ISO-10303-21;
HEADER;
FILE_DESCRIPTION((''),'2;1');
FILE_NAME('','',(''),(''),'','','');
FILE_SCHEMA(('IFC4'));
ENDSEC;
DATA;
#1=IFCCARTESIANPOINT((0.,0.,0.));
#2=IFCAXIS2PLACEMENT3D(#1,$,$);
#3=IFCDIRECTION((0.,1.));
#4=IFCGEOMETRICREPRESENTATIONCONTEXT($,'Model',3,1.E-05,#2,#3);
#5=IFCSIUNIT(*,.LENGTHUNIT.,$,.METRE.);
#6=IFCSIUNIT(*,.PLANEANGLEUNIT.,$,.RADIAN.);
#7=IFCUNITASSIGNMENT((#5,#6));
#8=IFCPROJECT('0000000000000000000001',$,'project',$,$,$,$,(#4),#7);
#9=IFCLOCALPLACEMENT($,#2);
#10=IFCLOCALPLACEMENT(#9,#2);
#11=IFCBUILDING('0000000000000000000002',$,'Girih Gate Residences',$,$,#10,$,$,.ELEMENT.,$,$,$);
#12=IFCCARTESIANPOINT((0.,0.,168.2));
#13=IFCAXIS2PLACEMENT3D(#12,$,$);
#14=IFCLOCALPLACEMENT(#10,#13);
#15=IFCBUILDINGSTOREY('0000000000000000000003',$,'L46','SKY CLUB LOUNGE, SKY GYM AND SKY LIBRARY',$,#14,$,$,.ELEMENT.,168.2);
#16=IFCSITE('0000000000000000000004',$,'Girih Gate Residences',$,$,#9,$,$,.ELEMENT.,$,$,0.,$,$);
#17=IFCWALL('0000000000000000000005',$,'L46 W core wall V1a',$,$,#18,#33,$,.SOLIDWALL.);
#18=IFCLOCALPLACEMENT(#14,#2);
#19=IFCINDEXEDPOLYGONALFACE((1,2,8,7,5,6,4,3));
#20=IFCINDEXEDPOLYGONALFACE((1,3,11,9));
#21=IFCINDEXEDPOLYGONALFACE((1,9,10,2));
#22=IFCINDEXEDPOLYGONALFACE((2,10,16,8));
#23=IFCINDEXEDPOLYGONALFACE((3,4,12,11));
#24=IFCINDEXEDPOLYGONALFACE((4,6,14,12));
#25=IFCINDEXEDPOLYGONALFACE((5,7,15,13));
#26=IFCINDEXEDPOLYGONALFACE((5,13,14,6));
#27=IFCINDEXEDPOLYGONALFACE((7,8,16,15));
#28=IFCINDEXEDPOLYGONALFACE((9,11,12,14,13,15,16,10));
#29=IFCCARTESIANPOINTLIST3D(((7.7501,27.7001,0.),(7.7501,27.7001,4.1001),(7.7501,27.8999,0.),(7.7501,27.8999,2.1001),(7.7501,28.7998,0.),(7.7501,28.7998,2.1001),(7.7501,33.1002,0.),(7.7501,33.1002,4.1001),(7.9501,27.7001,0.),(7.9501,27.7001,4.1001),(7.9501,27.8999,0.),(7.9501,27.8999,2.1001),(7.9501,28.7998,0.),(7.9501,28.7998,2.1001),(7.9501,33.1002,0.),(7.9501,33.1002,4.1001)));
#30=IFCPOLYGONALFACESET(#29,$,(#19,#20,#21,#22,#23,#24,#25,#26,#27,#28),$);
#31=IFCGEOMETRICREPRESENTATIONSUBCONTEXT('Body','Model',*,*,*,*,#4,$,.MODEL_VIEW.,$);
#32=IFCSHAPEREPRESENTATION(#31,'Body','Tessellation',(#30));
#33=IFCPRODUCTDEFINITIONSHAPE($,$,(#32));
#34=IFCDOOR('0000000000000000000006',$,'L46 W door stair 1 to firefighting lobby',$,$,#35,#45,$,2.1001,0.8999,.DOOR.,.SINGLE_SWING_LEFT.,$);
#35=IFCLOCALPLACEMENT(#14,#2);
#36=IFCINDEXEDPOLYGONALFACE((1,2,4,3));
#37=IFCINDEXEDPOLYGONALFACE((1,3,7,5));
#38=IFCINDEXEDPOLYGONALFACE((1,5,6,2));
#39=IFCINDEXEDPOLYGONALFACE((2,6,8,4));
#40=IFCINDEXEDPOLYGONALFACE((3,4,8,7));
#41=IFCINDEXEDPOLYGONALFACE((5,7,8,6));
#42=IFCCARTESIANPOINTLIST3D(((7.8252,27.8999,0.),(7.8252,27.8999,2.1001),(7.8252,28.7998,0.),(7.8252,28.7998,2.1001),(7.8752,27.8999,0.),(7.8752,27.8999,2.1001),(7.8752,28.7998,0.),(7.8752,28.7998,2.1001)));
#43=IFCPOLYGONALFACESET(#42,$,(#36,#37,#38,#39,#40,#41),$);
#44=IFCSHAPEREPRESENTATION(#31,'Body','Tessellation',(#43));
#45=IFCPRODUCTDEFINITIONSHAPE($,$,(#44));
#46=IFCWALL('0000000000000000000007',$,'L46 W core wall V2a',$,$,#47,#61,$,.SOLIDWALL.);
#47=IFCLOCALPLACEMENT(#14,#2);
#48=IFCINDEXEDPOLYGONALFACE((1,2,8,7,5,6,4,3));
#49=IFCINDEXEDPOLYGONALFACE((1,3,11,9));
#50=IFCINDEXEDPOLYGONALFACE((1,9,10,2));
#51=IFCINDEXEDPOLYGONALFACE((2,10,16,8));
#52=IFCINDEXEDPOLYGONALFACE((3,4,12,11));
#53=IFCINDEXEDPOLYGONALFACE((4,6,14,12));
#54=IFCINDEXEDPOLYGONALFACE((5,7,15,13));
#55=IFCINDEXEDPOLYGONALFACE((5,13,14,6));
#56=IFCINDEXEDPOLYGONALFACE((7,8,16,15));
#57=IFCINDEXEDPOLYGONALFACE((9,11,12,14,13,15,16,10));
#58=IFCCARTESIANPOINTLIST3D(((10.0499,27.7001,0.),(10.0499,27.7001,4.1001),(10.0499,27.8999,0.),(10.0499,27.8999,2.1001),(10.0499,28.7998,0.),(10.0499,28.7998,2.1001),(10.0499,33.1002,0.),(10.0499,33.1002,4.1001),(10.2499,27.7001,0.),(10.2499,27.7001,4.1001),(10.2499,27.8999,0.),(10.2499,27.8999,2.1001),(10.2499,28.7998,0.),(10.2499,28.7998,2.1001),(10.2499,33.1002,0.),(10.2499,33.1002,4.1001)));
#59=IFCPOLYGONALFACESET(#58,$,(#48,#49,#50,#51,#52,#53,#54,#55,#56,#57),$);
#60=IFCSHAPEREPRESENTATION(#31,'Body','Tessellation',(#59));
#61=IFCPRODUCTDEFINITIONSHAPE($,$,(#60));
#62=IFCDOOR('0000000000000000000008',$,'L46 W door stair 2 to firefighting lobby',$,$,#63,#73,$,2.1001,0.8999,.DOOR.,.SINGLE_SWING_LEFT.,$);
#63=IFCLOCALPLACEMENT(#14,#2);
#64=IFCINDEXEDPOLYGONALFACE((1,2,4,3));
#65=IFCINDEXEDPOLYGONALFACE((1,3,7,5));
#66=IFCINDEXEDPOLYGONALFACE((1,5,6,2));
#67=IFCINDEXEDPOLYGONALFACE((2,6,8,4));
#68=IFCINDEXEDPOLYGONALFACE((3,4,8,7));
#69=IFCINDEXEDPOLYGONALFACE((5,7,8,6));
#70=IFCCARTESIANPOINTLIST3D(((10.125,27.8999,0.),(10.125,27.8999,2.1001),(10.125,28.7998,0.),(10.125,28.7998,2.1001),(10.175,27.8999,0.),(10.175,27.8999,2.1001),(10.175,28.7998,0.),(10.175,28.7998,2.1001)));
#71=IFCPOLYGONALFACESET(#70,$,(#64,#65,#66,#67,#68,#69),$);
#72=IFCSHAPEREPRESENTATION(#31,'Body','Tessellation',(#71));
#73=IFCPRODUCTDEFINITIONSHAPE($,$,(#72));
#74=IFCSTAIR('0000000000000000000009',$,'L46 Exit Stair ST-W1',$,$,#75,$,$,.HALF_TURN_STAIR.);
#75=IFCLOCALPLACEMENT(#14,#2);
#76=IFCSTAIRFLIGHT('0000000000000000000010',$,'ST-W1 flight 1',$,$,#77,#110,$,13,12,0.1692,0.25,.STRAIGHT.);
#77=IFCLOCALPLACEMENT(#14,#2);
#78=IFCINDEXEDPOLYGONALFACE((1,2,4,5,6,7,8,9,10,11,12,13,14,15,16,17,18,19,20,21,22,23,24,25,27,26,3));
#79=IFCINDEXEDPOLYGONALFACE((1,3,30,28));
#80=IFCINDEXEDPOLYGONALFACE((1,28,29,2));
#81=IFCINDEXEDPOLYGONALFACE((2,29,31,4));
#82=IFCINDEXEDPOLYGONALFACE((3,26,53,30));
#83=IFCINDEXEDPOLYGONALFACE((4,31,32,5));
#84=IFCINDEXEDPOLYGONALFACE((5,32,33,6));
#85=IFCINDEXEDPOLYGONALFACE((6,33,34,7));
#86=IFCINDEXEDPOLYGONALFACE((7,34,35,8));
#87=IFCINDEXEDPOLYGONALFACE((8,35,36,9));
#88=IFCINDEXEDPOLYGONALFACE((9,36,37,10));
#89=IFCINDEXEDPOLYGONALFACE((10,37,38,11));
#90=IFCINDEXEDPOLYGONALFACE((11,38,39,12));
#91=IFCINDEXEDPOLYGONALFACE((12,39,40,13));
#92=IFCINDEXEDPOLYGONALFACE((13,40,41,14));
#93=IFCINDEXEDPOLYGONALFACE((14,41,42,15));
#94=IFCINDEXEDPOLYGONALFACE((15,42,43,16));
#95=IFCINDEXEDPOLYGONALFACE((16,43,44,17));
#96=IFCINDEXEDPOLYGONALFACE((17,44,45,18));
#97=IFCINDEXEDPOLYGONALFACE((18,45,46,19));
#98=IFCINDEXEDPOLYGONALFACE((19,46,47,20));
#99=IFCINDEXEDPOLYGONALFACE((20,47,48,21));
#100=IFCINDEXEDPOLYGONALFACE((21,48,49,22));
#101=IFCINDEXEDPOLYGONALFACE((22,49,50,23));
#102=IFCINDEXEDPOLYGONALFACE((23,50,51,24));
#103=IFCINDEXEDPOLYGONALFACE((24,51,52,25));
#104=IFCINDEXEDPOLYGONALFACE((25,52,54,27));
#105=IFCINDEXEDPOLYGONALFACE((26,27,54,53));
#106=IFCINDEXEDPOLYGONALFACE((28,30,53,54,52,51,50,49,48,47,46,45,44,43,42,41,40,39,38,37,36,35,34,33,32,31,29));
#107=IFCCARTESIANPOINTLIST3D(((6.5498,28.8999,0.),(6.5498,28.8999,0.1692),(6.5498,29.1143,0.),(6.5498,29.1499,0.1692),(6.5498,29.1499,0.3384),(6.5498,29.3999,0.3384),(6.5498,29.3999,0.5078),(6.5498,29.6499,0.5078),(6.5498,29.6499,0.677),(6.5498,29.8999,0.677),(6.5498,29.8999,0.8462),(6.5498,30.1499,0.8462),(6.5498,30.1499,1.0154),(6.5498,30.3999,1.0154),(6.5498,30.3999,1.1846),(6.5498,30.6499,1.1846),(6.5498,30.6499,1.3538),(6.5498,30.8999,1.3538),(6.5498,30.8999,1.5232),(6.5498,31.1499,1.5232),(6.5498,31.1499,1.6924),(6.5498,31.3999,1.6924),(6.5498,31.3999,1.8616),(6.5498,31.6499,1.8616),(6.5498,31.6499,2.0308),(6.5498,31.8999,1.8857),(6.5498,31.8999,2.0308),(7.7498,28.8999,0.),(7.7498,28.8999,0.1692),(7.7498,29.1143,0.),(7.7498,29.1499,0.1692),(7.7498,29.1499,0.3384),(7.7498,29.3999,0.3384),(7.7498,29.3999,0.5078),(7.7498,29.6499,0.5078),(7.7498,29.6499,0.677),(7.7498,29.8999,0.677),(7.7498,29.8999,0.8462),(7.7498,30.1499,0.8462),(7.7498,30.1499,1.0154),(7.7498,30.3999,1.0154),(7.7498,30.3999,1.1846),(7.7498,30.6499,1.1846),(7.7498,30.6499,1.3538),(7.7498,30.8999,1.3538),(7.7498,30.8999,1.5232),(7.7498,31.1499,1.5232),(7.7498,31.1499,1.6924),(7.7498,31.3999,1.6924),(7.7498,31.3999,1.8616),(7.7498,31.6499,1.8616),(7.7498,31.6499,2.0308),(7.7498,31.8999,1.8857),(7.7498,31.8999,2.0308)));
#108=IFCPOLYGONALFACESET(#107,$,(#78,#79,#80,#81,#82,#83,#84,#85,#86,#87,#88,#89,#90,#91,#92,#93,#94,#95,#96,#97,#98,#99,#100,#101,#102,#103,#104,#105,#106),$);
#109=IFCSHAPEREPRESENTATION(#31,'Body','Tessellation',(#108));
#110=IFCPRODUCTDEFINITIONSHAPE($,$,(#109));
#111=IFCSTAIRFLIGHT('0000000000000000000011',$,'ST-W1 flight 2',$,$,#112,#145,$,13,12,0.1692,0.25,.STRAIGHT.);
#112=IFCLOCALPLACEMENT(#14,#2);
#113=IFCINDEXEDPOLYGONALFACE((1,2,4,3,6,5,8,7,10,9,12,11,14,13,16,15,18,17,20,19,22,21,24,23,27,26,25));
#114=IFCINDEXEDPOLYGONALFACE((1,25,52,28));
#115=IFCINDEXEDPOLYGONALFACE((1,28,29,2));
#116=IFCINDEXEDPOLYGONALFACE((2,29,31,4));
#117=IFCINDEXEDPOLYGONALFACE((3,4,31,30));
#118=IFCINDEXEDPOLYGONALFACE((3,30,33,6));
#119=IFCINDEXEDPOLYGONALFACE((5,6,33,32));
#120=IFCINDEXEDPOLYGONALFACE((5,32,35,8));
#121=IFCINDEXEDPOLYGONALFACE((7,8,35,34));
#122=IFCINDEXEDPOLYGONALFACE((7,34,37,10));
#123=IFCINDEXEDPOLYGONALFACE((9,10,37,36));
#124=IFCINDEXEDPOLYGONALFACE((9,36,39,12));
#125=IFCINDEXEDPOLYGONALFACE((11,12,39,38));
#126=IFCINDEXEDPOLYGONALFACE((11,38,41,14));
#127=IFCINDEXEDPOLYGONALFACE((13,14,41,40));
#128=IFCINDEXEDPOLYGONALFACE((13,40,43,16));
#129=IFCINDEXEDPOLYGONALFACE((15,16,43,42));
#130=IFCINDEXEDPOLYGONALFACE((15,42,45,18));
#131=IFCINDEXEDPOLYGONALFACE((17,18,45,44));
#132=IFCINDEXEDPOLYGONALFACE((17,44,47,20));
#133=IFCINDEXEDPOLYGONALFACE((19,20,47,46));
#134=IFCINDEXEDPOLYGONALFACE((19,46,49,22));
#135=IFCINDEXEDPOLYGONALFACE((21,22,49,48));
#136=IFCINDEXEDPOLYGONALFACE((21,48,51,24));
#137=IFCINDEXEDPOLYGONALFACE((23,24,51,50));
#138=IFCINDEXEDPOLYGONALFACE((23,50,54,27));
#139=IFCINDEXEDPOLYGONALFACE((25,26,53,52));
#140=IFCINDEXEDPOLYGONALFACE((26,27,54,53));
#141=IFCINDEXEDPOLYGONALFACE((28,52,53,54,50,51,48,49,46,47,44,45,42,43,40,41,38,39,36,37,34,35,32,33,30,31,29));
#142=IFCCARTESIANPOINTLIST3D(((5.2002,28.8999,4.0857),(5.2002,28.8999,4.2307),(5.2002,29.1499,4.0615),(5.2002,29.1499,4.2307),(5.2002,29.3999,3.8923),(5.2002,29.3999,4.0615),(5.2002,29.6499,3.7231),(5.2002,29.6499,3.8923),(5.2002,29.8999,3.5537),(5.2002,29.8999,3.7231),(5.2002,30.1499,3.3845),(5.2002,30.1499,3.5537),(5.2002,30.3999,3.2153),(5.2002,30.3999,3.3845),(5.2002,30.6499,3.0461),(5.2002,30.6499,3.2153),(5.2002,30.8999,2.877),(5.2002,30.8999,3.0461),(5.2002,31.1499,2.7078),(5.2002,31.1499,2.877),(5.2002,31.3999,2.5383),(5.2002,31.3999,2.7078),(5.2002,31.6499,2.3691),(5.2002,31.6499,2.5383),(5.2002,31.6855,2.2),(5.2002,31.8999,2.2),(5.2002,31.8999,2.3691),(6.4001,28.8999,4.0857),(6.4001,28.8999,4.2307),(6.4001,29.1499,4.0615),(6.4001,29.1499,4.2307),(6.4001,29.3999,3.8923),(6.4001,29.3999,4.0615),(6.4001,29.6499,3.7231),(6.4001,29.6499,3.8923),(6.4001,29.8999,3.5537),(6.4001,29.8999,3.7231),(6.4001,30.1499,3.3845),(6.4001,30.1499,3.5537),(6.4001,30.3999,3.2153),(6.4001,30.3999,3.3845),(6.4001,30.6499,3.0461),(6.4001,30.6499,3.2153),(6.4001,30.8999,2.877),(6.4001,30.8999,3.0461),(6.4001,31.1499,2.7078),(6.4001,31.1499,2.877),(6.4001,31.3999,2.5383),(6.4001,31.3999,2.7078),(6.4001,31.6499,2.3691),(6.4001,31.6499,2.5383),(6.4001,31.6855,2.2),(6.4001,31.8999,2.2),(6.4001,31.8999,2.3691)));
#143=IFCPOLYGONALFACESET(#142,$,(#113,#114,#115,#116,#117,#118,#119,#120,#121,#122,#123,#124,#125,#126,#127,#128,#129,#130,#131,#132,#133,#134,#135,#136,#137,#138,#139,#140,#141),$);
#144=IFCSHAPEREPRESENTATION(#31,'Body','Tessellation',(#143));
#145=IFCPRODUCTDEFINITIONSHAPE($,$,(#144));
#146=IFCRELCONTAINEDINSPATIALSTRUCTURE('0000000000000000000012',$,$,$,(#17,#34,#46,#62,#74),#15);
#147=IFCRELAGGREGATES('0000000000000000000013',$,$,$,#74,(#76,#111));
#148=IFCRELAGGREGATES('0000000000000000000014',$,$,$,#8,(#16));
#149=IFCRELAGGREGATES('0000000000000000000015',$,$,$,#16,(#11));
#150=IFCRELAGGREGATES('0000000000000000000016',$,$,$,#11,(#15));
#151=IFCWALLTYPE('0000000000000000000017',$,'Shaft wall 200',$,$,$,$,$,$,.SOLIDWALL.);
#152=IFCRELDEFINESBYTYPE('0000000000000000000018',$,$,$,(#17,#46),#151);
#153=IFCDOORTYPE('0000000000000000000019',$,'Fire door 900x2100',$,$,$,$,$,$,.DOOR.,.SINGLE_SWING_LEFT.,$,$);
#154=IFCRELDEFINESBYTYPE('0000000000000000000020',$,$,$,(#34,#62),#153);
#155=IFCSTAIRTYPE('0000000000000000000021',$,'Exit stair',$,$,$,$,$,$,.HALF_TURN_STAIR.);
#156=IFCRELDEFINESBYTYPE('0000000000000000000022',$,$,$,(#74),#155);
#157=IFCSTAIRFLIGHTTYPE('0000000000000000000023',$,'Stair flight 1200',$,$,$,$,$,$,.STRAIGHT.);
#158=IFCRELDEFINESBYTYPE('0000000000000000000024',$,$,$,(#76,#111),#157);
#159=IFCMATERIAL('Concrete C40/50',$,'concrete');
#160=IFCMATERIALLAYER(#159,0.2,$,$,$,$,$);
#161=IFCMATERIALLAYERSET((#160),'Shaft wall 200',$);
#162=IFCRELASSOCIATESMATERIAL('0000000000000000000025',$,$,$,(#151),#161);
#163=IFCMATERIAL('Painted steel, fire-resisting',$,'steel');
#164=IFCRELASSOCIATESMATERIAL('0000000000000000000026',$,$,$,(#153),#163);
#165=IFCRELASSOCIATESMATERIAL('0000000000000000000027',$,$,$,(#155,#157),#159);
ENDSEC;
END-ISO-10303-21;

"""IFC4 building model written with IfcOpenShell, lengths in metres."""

from ifc_helpers import new_model, si_unit, direction, frame, frame_2d, origin, place, context, subcontext, project, spatial, polyline, rectangle, outline, extrude, material, layer, layer_set, type_object, element, fill, aggregate, save


model = new_model("IFC4")

# Units and contexts
model_context = context("Model", 3, precision=1e-05, world=origin(), true_north=direction((0.0, 1.0)))
body_context = subcontext(model_context, "Body", "Model", "MODEL_VIEW")
ifc_project = project(units=[si_unit("LENGTHUNIT", "METRE"), si_unit("PLANEANGLEUNIT", "RADIAN")], contexts=[model_context])

# Site, building, storey
site_placement = place(None, origin())
site = spatial("IfcSite", under=ifc_project, at=site_placement, Name="Girih Gate Residences", CompositionType="ELEMENT", RefElevation=0.0)
building_placement = place(site_placement, origin())
building = spatial("IfcBuilding", under=site, at=building_placement, Name="Girih Gate Residences", CompositionType="ELEMENT")
storey_placement = place(building_placement, frame((0.0, 0.0, 168.2)))
storey = spatial("IfcBuildingStorey", under=building, at=storey_placement, Name="L46", Description="SKY CLUB LOUNGE, SKY GYM AND SKY LIBRARY", CompositionType="ELEMENT", Elevation=168.2)

# Shared definitions
ifc_material_1 = material(Name="Painted steel, fire-resisting", Category="steel")

# Walls, openings, doors
ifc_material_2 = material(Name="Concrete C40/50", Category="concrete")
ifc_layer_1 = layer(ifc_material_2, 0.2)
ifc_layer_set_1 = layer_set([ifc_layer_1], Name="Shaft wall 200")
wall_type_1 = type_object("IfcWallType", Name="Shaft wall 200", PredefinedType="SOLIDWALL", material=ifc_layer_set_1)
wall_1_placement = place(storey_placement, frame((7.8501, 27.7, 0.0), z_axis=(0.0, 0.0, 1.0), x_axis=(0.0, 1.0, 0.0)))
wall_1 = element("IfcWall", 1, at=wall_1_placement, inside=storey, type_object=wall_type_1, Name="L46 W core wall V1a", PredefinedType="SOLIDWALL", context=body_context, shape_type="SweptSolid", body=[
    extrude(rectangle(XDim=5.4001, YDim=0.2, at=frame_2d((2.7002, 0.0))), origin(), (0.0, 0.0, 1.0), 4.1001),
])
opening_1_placement = place(wall_1_placement, frame((0.2, 0.0, 0.0)))
opening_1 = element("IfcOpeningElement", 2, at=opening_1_placement, cuts=wall_1, PredefinedType="OPENING", context=body_context, shape_type="SweptSolid", body=[
    extrude(rectangle(XDim=0.8999, YDim=2.1001, at=frame_2d((0.45, 1.05))), frame((0.0, 0.1099, 0.0), z_axis=(0.0, -1.0, 0.0), x_axis=(1.0, 0.0, 0.0)), (0.0, 0.0, 1.0), 0.22),
])
door_type_1 = type_object("IfcDoorType", Name="Fire door 900x2100", OperationType="SINGLE_SWING_LEFT", PredefinedType="DOOR", material=ifc_material_1)
door_1_placement = place(opening_1_placement, origin())
door_1 = element("IfcDoor", 3, at=door_1_placement, inside=storey, type_object=door_type_1, Name="L46 W door stair 1 to firefighting lobby", OperationType="SINGLE_SWING_LEFT", OverallHeight=2.1001, OverallWidth=0.8999, PredefinedType="DOOR", context=body_context, shape_type="SweptSolid", body=[
    extrude(rectangle(XDim=0.8999, YDim=2.1001, at=frame_2d((0.45, 1.05))), frame((0.0, 0.0249, 0.0), z_axis=(0.0, -1.0, 0.0), x_axis=(1.0, 0.0, 0.0)), (0.0, 0.0, 1.0), 0.05),
])
fill(opening_1, door_1)
wall_2_placement = place(storey_placement, frame((10.1499, 27.7, 0.0), z_axis=(0.0, 0.0, 1.0), x_axis=(0.0, 1.0, 0.0)))
wall_2 = element("IfcWall", 4, at=wall_2_placement, inside=storey, type_object=wall_type_1, Name="L46 W core wall V2a", PredefinedType="SOLIDWALL", context=body_context, shape_type="SweptSolid", body=[
    extrude(rectangle(XDim=5.4001, YDim=0.2, at=frame_2d((2.7002, 0.0))), origin(), (0.0, 0.0, 1.0), 4.1001),
])
opening_2_placement = place(wall_2_placement, frame((0.2, 0.0, 0.0)))
opening_2 = element("IfcOpeningElement", 5, at=opening_2_placement, cuts=wall_2, PredefinedType="OPENING", context=body_context, shape_type="SweptSolid", body=[
    extrude(rectangle(XDim=0.8999, YDim=2.1001, at=frame_2d((0.45, 1.05))), frame((0.0, 0.1099, 0.0), z_axis=(0.0, -1.0, 0.0), x_axis=(1.0, 0.0, 0.0)), (0.0, 0.0, 1.0), 0.22),
])
door_2_placement = place(opening_2_placement, origin())
door_2 = element("IfcDoor", 6, at=door_2_placement, inside=storey, type_object=door_type_1, Name="L46 W door stair 2 to firefighting lobby", OperationType="SINGLE_SWING_LEFT", OverallHeight=2.1001, OverallWidth=0.8999, PredefinedType="DOOR", context=body_context, shape_type="SweptSolid", body=[
    extrude(rectangle(XDim=0.8999, YDim=2.1001, at=frame_2d((0.45, 1.05))), frame((0.0, 0.0249, 0.0), z_axis=(0.0, -1.0, 0.0), x_axis=(1.0, 0.0, 0.0)), (0.0, 0.0, 1.0), 0.05),
])
fill(opening_2, door_2)

# Stair, stair flights
stair_type = type_object("IfcStairType", Name="Exit stair", PredefinedType="HALF_TURN_STAIR", material=ifc_material_2)
stair_placement = place(storey_placement, origin())
stair = element("IfcStair", 7, at=stair_placement, inside=storey, type_object=stair_type, Name="L46 Exit Stair ST-W1", PredefinedType="HALF_TURN_STAIR")
stair_flight_type = type_object("IfcStairFlightType", Name="Stair flight 1200", PredefinedType="STRAIGHT", material=ifc_material_2)
stair_flight_1_placement = place(storey_placement, frame((7.1499, 28.8999, 0.0), z_axis=(0.0, 0.0, 1.0), x_axis=(0.0, 1.0, 0.0)))
stair_flight_1 = element("IfcStairFlight", 8, at=stair_flight_1_placement, type_object=stair_flight_type, Name="ST-W1 flight 1", NumberOfRisers=13, NumberOfTreads=12, PredefinedType="STRAIGHT", RiserHeight=0.1692, TreadLength=0.25, context=body_context, shape_type="SweptSolid", body=[
    extrude(outline(polyline([(0.0, 0.0), (0.0, 0.1692), (0.25, 0.1692), (0.25, 0.3384), (0.5, 0.3384), (0.5, 0.5078), (0.75, 0.5078), (0.75, 0.677), (1.0, 0.677), (1.0, 0.8462), (1.25, 0.8462), (1.25, 1.0154), (1.5, 1.0154), (1.5, 1.1846), (1.75, 1.1846), (1.75, 1.3538), (2.0, 1.3538), (2.0, 1.5232), (2.25, 1.5232), (2.25, 1.6924), (2.5, 1.6924), (2.5, 1.8616), (2.75, 1.8616), (2.75, 2.0308), (3.0, 2.0308), (3.0, 2.2), (3.0, 1.8857), (0.2144, 0.0), (0.0, 0.0)])), frame((0.0, 0.6001, 0.0), z_axis=(0.0, -1.0, 0.0), x_axis=(1.0, 0.0, 0.0)), (0.0, 0.0, 1.0), 1.2),
])
stair_flight_2_placement = place(storey_placement, frame((5.8, 31.8999, 2.2), z_axis=(0.0, 0.0, 1.0), x_axis=(0.0, -1.0, 0.0)))
stair_flight_2 = element("IfcStairFlight", 9, at=stair_flight_2_placement, type_object=stair_flight_type, Name="ST-W1 flight 2", NumberOfRisers=13, NumberOfTreads=12, PredefinedType="STRAIGHT", RiserHeight=0.1692, TreadLength=0.25, context=body_context, shape_type="SweptSolid", body=[
    extrude(outline(polyline([(0.0, 0.0), (0.0, 0.1692), (0.25, 0.1692), (0.25, 0.3384), (0.5, 0.3384), (0.5, 0.5078), (0.75, 0.5078), (0.75, 0.677), (1.0, 0.677), (1.0, 0.8462), (1.25, 0.8462), (1.25, 1.0154), (1.5, 1.0154), (1.5, 1.1846), (1.75, 1.1846), (1.75, 1.3538), (2.0, 1.3538), (2.0, 1.5232), (2.25, 1.5232), (2.25, 1.6924), (2.5, 1.6924), (2.5, 1.8616), (2.75, 1.8616), (2.75, 2.0308), (3.0, 2.0308), (3.0, 2.2), (3.0, 1.8857), (0.2144, 0.0), (0.0, 0.0)])), frame((0.0, 0.6001, 0.0), z_axis=(0.0, -1.0, 0.0), x_axis=(1.0, 0.0, 0.0)), (0.0, 0.0, 1.0), 1.2),
])
aggregate(stair, [stair_flight_1, stair_flight_2])

save(model, "model.ifc")
